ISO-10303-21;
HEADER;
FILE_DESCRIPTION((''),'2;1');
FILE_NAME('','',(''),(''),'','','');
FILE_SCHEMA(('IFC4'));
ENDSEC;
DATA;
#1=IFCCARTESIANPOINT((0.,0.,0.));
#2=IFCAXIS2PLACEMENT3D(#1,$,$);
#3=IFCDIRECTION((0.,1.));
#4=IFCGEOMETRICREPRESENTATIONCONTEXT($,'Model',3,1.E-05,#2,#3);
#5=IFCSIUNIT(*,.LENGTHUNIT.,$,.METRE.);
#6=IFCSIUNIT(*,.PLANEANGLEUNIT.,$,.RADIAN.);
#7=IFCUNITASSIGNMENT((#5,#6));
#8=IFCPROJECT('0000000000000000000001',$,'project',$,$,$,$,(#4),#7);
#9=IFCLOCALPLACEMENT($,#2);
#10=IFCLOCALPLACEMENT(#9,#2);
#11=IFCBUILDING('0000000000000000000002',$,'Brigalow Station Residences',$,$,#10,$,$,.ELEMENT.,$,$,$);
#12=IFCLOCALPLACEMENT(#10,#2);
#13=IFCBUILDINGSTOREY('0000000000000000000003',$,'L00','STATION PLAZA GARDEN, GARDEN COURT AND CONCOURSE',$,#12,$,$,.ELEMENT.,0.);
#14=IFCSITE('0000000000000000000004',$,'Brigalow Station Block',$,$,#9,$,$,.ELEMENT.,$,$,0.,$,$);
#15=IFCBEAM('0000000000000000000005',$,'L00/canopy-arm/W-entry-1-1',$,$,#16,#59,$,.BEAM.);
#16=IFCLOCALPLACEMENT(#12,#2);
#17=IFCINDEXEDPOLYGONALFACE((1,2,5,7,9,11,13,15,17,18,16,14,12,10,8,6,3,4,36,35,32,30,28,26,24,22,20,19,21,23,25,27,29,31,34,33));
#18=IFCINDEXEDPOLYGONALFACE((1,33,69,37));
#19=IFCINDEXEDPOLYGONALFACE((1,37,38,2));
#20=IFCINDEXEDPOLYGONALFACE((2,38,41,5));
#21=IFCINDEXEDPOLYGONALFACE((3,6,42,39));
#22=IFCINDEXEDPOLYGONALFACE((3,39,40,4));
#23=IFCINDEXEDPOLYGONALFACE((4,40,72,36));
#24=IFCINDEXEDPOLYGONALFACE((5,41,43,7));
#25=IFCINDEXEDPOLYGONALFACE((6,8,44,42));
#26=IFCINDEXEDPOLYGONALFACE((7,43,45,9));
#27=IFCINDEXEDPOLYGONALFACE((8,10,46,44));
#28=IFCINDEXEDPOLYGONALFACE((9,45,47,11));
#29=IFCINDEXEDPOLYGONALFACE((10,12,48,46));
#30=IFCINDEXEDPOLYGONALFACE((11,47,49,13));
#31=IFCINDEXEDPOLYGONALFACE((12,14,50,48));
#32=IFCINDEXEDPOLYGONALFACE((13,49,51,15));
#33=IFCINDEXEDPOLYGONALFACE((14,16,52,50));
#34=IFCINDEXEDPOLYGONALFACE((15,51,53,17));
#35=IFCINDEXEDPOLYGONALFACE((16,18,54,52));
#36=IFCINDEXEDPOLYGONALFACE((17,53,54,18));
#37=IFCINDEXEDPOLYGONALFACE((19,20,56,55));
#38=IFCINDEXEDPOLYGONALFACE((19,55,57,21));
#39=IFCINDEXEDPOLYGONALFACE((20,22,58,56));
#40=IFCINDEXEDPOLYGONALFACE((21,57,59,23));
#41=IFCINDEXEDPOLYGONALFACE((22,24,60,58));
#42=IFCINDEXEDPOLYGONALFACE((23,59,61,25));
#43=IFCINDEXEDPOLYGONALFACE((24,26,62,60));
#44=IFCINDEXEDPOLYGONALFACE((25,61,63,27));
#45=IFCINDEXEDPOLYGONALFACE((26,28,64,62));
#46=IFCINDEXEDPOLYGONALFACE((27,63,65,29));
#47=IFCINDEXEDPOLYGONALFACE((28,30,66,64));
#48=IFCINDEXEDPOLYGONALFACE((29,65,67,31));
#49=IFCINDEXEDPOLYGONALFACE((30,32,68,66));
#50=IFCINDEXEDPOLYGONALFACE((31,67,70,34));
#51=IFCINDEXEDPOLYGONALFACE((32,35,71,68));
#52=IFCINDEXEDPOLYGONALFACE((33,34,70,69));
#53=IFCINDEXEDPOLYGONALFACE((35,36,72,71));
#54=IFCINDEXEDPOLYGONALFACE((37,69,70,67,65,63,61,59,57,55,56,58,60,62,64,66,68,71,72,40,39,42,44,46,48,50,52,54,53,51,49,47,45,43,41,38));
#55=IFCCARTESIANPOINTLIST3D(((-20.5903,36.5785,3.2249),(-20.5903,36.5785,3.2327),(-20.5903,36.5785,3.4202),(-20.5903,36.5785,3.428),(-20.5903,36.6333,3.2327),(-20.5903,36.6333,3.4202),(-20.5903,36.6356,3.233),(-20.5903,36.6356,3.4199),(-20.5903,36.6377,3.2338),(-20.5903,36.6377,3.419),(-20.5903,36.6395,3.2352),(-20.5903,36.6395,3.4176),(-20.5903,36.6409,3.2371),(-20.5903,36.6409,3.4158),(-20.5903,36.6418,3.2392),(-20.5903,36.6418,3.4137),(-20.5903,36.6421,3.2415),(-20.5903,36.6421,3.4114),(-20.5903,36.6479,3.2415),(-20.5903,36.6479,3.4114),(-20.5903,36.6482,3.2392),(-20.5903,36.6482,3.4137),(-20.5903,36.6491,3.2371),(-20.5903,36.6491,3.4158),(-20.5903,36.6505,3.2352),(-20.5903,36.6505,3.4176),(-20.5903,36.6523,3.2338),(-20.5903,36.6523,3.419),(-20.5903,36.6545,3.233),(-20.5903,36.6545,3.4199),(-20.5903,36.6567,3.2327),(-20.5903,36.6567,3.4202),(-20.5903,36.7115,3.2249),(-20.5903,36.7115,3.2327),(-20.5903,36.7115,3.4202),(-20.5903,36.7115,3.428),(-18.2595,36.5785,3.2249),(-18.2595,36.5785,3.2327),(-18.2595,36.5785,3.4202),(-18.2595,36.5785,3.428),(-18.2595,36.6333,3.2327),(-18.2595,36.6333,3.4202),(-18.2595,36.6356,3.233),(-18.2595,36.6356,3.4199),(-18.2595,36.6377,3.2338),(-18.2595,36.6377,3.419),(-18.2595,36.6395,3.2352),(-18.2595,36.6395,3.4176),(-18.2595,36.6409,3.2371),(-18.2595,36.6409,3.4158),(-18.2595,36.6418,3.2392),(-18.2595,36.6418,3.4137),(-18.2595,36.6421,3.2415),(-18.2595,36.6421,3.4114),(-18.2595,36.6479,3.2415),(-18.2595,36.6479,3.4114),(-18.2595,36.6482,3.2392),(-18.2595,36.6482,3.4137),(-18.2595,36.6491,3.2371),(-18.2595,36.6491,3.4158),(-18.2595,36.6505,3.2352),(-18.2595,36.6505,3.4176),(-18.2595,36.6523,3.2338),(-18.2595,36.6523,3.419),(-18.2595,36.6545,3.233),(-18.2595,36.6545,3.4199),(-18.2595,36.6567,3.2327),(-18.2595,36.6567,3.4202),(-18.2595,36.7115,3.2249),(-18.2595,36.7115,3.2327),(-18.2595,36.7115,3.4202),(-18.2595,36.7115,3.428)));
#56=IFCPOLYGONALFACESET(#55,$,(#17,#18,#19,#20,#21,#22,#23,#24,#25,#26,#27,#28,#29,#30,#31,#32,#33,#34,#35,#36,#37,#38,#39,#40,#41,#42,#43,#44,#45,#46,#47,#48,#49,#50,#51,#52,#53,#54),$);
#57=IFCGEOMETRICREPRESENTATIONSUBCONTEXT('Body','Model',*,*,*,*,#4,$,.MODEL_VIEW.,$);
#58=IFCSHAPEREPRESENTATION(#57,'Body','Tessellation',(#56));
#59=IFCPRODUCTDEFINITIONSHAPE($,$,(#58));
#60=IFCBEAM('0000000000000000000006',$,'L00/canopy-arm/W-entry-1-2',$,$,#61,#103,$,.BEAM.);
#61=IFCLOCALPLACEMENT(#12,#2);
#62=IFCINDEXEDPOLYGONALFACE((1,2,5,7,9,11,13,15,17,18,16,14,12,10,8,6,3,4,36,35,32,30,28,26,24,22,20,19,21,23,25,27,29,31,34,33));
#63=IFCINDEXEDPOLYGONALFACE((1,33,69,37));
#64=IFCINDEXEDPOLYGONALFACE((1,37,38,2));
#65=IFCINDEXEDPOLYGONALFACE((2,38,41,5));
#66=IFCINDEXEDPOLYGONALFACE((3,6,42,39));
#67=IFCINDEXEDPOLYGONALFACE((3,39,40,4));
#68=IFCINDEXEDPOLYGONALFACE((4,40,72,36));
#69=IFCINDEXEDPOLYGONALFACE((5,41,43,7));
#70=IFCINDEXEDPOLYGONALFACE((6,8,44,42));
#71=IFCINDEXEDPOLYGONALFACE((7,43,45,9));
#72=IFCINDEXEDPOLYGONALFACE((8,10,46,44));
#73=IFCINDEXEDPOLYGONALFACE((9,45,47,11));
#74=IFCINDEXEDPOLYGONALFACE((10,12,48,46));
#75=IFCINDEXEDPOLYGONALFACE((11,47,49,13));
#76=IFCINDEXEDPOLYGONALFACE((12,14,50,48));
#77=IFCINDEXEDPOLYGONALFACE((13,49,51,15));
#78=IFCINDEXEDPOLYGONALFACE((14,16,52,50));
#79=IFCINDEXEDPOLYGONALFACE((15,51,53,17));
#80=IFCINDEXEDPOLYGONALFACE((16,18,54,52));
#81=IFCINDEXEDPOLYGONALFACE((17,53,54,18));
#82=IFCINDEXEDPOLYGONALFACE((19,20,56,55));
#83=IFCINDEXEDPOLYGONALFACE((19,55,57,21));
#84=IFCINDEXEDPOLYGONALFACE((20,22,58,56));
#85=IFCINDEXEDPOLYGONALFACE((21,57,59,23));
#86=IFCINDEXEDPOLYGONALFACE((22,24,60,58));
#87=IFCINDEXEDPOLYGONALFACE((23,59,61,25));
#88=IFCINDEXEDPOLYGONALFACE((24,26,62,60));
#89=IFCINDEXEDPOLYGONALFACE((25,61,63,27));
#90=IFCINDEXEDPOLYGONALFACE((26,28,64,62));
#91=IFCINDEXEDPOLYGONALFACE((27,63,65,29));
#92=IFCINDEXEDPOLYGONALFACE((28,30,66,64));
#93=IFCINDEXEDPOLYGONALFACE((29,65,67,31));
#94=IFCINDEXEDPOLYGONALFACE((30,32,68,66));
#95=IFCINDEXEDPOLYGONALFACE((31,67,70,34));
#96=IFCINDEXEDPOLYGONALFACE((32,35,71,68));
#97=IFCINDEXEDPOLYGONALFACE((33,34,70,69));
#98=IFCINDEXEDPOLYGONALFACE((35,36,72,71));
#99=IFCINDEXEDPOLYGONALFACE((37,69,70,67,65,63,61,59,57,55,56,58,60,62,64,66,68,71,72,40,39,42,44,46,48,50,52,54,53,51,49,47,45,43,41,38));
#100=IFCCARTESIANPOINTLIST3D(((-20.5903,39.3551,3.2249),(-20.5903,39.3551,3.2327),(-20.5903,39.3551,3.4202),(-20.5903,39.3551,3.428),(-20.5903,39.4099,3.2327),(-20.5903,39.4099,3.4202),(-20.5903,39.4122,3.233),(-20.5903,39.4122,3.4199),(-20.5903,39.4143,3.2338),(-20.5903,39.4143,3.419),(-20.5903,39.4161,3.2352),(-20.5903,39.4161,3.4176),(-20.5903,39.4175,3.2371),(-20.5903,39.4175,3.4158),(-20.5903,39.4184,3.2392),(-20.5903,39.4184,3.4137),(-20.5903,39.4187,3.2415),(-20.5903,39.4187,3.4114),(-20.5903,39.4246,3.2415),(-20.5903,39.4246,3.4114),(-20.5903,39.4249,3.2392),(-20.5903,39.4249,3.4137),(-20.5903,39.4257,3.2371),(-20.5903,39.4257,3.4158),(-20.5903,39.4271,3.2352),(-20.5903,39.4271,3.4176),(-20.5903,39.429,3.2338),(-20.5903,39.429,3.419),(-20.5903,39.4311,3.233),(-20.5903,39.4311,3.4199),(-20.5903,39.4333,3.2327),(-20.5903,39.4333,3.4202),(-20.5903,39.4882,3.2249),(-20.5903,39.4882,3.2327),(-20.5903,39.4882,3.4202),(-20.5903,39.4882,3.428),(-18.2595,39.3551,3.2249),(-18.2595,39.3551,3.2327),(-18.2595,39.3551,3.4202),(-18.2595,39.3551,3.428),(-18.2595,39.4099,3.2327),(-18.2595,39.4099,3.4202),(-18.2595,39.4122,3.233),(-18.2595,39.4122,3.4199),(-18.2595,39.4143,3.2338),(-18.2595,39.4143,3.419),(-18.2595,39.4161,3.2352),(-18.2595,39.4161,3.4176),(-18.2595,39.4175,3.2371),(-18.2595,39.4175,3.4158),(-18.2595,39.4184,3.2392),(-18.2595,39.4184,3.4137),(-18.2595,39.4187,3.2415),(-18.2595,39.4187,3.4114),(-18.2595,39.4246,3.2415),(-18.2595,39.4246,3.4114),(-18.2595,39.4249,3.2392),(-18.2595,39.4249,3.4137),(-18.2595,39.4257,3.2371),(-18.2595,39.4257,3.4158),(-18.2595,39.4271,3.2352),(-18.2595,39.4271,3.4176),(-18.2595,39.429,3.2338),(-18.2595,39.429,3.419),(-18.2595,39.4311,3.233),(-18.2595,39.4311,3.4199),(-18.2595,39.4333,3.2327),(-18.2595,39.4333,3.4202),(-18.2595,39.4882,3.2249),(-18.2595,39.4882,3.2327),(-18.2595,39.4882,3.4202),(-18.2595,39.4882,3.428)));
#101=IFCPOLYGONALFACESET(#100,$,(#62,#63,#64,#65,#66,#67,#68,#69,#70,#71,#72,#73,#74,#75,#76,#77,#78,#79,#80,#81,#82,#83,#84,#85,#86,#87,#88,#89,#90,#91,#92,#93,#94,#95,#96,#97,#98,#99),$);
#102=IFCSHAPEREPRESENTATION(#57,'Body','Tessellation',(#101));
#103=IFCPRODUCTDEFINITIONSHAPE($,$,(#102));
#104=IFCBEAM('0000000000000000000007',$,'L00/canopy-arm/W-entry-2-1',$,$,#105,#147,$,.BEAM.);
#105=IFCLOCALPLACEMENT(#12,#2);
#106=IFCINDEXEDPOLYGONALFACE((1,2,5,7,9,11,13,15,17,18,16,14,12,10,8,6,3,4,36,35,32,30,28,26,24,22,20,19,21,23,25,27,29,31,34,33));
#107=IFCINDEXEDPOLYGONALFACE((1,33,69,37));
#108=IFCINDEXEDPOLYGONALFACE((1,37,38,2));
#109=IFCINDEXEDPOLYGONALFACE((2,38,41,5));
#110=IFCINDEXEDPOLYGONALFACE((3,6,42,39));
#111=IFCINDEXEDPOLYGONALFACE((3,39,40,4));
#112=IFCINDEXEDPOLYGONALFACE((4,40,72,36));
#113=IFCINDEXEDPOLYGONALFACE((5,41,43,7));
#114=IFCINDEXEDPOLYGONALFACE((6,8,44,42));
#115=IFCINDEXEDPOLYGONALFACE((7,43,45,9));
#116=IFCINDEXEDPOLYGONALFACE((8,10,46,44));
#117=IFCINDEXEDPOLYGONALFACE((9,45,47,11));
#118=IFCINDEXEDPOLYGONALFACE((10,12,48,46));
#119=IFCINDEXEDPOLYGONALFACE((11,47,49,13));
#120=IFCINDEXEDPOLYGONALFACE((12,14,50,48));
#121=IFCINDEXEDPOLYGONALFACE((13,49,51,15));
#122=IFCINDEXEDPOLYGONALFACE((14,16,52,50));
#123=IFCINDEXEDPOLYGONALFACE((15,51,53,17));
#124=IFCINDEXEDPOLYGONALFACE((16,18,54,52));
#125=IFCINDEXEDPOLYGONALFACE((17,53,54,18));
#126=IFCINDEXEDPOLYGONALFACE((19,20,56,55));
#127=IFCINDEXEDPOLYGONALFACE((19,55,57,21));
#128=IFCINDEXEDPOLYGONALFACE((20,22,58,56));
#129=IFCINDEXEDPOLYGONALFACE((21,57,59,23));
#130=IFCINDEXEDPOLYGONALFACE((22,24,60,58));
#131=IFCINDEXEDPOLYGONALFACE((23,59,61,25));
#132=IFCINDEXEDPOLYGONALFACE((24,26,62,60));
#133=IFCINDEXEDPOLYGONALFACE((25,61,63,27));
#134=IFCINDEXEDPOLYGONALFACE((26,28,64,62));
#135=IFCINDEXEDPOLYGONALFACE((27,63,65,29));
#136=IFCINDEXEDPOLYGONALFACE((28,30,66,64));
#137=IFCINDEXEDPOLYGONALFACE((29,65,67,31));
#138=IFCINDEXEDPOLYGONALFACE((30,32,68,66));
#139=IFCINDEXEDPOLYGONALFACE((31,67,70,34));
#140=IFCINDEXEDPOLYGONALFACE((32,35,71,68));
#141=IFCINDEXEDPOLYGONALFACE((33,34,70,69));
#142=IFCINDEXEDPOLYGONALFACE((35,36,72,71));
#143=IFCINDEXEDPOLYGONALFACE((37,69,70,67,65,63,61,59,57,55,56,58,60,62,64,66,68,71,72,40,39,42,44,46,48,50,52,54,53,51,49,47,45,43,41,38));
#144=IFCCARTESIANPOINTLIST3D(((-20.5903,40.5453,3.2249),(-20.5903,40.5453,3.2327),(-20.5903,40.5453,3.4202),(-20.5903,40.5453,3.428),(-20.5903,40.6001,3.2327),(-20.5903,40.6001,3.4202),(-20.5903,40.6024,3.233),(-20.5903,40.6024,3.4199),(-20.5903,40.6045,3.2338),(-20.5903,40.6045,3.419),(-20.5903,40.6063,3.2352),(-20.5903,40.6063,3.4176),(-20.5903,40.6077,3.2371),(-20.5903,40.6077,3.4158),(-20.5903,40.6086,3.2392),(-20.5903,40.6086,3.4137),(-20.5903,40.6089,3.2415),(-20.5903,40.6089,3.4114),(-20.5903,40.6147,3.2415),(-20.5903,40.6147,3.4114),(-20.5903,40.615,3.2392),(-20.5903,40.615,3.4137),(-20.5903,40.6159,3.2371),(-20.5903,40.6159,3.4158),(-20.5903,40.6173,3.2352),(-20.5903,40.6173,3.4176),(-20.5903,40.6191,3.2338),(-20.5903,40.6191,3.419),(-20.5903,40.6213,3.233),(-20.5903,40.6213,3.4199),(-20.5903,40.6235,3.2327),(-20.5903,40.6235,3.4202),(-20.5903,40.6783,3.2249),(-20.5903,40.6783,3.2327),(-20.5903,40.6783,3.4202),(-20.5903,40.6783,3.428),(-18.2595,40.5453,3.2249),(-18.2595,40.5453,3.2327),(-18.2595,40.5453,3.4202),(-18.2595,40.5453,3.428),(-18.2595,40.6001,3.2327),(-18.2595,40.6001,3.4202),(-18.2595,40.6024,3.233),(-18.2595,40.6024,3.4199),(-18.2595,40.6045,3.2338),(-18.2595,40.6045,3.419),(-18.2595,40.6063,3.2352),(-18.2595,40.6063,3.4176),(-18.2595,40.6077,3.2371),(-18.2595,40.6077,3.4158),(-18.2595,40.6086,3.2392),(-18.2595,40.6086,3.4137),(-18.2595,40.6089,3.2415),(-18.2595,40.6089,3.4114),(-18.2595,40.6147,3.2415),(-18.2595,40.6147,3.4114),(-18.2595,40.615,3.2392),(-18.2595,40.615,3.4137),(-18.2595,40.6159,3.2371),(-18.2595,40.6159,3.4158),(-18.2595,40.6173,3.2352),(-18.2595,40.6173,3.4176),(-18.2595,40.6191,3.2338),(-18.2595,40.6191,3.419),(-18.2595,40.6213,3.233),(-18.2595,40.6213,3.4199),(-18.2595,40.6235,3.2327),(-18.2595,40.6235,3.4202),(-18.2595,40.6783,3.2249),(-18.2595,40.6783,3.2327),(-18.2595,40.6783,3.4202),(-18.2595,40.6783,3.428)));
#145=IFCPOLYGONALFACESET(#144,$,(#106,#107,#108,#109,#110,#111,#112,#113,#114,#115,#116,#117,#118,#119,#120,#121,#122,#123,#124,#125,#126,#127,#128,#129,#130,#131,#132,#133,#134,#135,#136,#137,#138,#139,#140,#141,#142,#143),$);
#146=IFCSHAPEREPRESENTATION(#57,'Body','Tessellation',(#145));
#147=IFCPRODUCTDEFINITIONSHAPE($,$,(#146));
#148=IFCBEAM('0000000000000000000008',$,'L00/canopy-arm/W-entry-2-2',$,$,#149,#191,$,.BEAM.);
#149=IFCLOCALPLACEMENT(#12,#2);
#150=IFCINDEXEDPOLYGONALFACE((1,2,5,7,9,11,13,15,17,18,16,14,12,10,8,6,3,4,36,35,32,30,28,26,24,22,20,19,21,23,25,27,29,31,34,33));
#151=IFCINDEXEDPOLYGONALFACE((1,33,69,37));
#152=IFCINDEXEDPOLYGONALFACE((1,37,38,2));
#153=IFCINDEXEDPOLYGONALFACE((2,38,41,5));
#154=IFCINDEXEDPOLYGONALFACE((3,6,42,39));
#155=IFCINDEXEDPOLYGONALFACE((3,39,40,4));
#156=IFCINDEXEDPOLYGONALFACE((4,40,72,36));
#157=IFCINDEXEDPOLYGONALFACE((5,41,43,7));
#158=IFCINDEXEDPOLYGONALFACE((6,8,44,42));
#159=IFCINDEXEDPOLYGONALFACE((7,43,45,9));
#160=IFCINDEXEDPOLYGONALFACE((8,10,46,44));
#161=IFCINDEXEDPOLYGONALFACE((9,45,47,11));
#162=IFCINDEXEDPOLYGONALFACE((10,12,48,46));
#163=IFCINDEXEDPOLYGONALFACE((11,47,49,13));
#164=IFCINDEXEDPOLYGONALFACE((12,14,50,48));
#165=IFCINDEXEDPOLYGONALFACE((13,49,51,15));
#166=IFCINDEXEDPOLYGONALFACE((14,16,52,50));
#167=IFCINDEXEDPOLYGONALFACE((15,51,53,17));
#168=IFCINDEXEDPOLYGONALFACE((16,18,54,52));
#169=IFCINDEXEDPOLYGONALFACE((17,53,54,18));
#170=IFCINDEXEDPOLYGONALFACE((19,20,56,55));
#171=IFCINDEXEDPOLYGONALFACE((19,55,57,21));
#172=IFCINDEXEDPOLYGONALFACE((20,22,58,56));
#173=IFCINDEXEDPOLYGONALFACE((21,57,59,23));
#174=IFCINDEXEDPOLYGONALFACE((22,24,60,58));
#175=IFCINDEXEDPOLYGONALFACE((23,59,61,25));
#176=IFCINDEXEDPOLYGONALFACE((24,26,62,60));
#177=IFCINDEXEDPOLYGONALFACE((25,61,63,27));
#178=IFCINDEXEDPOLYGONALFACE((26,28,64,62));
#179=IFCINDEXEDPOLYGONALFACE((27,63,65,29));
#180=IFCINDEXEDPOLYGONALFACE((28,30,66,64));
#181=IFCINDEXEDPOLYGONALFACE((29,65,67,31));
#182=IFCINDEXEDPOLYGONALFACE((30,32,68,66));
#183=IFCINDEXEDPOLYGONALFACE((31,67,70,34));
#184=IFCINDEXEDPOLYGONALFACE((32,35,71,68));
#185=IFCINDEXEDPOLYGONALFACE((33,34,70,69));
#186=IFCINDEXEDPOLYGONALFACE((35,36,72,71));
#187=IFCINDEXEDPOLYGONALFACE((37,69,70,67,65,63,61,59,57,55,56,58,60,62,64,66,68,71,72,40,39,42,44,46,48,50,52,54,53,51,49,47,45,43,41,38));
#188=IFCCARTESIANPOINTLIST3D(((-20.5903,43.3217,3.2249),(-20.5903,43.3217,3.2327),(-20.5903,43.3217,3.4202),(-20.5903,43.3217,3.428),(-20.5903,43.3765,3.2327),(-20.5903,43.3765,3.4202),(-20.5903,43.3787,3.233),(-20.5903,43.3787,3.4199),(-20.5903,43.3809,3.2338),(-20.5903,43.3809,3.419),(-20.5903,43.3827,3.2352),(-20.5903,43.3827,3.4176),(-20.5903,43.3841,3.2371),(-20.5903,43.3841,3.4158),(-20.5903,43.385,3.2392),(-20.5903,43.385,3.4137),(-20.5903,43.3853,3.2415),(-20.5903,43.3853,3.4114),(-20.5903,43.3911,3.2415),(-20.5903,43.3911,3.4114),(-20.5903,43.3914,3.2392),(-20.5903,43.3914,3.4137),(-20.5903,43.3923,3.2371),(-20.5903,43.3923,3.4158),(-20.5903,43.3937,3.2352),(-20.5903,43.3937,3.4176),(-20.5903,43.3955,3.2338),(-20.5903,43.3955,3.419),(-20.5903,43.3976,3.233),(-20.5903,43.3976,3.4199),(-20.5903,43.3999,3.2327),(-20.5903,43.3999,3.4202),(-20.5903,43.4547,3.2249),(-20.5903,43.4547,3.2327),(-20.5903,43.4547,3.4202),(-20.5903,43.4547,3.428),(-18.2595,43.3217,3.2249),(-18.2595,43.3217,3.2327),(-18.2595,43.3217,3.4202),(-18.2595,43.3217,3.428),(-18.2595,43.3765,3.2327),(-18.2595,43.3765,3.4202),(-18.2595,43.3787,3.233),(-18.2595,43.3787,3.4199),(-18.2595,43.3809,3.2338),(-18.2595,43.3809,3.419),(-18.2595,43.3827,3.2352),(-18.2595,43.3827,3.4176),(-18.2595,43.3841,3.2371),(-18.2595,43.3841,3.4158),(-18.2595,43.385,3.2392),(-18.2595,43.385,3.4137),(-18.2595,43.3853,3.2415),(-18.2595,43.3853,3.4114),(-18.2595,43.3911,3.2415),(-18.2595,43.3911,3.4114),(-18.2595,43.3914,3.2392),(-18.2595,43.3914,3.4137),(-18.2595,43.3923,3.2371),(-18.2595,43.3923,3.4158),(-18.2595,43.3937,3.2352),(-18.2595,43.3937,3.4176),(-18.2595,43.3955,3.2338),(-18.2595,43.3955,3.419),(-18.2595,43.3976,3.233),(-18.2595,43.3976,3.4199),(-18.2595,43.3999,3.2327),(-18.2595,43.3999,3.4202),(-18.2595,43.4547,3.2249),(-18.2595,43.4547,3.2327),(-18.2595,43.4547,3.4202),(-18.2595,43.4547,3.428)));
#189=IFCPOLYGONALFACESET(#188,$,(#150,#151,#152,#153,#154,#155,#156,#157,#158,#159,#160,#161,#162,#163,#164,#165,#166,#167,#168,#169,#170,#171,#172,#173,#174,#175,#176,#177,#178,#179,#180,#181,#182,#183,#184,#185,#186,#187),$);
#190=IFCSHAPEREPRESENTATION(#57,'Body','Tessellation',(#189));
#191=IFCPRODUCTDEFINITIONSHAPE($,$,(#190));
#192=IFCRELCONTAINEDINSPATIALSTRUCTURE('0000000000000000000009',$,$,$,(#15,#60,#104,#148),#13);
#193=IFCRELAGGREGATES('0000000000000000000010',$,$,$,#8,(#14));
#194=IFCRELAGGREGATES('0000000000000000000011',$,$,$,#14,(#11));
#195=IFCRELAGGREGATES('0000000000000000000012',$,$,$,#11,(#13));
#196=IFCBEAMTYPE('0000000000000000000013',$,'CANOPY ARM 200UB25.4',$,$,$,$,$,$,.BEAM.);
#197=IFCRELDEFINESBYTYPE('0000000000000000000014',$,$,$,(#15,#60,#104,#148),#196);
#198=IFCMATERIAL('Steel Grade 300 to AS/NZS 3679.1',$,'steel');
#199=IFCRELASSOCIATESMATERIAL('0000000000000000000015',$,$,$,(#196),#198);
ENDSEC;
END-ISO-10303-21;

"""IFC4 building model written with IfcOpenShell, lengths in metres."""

from ifc_helpers import new_model, si_unit, direction, frame, origin, origin_2d, place, context, subcontext, project, spatial, i_section, extrude, material, material_profile, profile_set, type_object, element, save


model = new_model("IFC4")

# Units and contexts
model_context = context("Model", 3, precision=1e-05, world=origin(), true_north=direction((0.0, 1.0)))
body_context = subcontext(model_context, "Body", "Model", "MODEL_VIEW")
ifc_project = project(units=[si_unit("LENGTHUNIT", "METRE"), si_unit("PLANEANGLEUNIT", "RADIAN")], contexts=[model_context])

# Site, building, storey
site_placement = place(None, origin())
site = spatial("IfcSite", under=ifc_project, at=site_placement, Name="Brigalow Station Block", CompositionType="ELEMENT", RefElevation=0.0)
building_placement = place(site_placement, origin())
building = spatial("IfcBuilding", under=site, at=building_placement, Name="Brigalow Station Residences", CompositionType="ELEMENT")
storey_placement = place(building_placement, origin())
storey = spatial("IfcBuildingStorey", under=building, at=storey_placement, Name="L00", Description="STATION PLAZA GARDEN, GARDEN COURT AND CONCOURSE", CompositionType="ELEMENT", Elevation=0.0)

# Beams
ifc_material_1 = material(Name="Steel Grade 300 to AS/NZS 3679.1", Category="steel")
ifc_material_profile_1 = material_profile(ifc_material_1, i_section(OverallWidth=0.1331, OverallDepth=0.2031, WebThickness=0.0059, FlangeThickness=0.0078, FilletRadius=0.0088, at=origin_2d()), Name="200UB25.4")
ifc_profile_set_1 = profile_set([ifc_material_profile_1], Name="Steel Grade 300 to AS/NZS 3679.1")
beam_type_1 = type_object("IfcBeamType", Name="CANOPY ARM 200UB25.4", PredefinedType="BEAM", material=ifc_profile_set_1)
for number, where, z_axis, x_axis, name in (
    (1, (-18.2595, 36.645, 3.3264), (-1.0, 0.0, 0.0), (0.0, -1.0, 0.0), "L00/canopy-arm/W-entry-1-1"),
    (2, (-18.2595, 39.4216, 3.3264), (-1.0, 0.0, 0.0), (0.0, -1.0, 0.0), "L00/canopy-arm/W-entry-1-2"),
    (3, (-18.2595, 40.6118, 3.3264), (-1.0, 0.0, 0.0), (0.0, -1.0, 0.0), "L00/canopy-arm/W-entry-2-1"),
    (4, (-18.2595, 43.3882, 3.3264), (-1.0, 0.0, 0.0), (0.0, -1.0, 0.0), "L00/canopy-arm/W-entry-2-2"),
):
    element("IfcBeam", number, at=place(storey_placement, frame(where, z_axis=z_axis, x_axis=x_axis)), inside=storey, type_object=beam_type_1, Name=name, PredefinedType="BEAM", context=body_context, shape_type="SweptSolid", body=[
        extrude(i_section(OverallWidth=0.1331, OverallDepth=0.2031, WebThickness=0.0059, FlangeThickness=0.0078, FilletRadius=0.0088, at=origin_2d()), origin(), (0.0, 0.0, 1.0), 2.3308),
    ])

save(model, "model.ifc")
